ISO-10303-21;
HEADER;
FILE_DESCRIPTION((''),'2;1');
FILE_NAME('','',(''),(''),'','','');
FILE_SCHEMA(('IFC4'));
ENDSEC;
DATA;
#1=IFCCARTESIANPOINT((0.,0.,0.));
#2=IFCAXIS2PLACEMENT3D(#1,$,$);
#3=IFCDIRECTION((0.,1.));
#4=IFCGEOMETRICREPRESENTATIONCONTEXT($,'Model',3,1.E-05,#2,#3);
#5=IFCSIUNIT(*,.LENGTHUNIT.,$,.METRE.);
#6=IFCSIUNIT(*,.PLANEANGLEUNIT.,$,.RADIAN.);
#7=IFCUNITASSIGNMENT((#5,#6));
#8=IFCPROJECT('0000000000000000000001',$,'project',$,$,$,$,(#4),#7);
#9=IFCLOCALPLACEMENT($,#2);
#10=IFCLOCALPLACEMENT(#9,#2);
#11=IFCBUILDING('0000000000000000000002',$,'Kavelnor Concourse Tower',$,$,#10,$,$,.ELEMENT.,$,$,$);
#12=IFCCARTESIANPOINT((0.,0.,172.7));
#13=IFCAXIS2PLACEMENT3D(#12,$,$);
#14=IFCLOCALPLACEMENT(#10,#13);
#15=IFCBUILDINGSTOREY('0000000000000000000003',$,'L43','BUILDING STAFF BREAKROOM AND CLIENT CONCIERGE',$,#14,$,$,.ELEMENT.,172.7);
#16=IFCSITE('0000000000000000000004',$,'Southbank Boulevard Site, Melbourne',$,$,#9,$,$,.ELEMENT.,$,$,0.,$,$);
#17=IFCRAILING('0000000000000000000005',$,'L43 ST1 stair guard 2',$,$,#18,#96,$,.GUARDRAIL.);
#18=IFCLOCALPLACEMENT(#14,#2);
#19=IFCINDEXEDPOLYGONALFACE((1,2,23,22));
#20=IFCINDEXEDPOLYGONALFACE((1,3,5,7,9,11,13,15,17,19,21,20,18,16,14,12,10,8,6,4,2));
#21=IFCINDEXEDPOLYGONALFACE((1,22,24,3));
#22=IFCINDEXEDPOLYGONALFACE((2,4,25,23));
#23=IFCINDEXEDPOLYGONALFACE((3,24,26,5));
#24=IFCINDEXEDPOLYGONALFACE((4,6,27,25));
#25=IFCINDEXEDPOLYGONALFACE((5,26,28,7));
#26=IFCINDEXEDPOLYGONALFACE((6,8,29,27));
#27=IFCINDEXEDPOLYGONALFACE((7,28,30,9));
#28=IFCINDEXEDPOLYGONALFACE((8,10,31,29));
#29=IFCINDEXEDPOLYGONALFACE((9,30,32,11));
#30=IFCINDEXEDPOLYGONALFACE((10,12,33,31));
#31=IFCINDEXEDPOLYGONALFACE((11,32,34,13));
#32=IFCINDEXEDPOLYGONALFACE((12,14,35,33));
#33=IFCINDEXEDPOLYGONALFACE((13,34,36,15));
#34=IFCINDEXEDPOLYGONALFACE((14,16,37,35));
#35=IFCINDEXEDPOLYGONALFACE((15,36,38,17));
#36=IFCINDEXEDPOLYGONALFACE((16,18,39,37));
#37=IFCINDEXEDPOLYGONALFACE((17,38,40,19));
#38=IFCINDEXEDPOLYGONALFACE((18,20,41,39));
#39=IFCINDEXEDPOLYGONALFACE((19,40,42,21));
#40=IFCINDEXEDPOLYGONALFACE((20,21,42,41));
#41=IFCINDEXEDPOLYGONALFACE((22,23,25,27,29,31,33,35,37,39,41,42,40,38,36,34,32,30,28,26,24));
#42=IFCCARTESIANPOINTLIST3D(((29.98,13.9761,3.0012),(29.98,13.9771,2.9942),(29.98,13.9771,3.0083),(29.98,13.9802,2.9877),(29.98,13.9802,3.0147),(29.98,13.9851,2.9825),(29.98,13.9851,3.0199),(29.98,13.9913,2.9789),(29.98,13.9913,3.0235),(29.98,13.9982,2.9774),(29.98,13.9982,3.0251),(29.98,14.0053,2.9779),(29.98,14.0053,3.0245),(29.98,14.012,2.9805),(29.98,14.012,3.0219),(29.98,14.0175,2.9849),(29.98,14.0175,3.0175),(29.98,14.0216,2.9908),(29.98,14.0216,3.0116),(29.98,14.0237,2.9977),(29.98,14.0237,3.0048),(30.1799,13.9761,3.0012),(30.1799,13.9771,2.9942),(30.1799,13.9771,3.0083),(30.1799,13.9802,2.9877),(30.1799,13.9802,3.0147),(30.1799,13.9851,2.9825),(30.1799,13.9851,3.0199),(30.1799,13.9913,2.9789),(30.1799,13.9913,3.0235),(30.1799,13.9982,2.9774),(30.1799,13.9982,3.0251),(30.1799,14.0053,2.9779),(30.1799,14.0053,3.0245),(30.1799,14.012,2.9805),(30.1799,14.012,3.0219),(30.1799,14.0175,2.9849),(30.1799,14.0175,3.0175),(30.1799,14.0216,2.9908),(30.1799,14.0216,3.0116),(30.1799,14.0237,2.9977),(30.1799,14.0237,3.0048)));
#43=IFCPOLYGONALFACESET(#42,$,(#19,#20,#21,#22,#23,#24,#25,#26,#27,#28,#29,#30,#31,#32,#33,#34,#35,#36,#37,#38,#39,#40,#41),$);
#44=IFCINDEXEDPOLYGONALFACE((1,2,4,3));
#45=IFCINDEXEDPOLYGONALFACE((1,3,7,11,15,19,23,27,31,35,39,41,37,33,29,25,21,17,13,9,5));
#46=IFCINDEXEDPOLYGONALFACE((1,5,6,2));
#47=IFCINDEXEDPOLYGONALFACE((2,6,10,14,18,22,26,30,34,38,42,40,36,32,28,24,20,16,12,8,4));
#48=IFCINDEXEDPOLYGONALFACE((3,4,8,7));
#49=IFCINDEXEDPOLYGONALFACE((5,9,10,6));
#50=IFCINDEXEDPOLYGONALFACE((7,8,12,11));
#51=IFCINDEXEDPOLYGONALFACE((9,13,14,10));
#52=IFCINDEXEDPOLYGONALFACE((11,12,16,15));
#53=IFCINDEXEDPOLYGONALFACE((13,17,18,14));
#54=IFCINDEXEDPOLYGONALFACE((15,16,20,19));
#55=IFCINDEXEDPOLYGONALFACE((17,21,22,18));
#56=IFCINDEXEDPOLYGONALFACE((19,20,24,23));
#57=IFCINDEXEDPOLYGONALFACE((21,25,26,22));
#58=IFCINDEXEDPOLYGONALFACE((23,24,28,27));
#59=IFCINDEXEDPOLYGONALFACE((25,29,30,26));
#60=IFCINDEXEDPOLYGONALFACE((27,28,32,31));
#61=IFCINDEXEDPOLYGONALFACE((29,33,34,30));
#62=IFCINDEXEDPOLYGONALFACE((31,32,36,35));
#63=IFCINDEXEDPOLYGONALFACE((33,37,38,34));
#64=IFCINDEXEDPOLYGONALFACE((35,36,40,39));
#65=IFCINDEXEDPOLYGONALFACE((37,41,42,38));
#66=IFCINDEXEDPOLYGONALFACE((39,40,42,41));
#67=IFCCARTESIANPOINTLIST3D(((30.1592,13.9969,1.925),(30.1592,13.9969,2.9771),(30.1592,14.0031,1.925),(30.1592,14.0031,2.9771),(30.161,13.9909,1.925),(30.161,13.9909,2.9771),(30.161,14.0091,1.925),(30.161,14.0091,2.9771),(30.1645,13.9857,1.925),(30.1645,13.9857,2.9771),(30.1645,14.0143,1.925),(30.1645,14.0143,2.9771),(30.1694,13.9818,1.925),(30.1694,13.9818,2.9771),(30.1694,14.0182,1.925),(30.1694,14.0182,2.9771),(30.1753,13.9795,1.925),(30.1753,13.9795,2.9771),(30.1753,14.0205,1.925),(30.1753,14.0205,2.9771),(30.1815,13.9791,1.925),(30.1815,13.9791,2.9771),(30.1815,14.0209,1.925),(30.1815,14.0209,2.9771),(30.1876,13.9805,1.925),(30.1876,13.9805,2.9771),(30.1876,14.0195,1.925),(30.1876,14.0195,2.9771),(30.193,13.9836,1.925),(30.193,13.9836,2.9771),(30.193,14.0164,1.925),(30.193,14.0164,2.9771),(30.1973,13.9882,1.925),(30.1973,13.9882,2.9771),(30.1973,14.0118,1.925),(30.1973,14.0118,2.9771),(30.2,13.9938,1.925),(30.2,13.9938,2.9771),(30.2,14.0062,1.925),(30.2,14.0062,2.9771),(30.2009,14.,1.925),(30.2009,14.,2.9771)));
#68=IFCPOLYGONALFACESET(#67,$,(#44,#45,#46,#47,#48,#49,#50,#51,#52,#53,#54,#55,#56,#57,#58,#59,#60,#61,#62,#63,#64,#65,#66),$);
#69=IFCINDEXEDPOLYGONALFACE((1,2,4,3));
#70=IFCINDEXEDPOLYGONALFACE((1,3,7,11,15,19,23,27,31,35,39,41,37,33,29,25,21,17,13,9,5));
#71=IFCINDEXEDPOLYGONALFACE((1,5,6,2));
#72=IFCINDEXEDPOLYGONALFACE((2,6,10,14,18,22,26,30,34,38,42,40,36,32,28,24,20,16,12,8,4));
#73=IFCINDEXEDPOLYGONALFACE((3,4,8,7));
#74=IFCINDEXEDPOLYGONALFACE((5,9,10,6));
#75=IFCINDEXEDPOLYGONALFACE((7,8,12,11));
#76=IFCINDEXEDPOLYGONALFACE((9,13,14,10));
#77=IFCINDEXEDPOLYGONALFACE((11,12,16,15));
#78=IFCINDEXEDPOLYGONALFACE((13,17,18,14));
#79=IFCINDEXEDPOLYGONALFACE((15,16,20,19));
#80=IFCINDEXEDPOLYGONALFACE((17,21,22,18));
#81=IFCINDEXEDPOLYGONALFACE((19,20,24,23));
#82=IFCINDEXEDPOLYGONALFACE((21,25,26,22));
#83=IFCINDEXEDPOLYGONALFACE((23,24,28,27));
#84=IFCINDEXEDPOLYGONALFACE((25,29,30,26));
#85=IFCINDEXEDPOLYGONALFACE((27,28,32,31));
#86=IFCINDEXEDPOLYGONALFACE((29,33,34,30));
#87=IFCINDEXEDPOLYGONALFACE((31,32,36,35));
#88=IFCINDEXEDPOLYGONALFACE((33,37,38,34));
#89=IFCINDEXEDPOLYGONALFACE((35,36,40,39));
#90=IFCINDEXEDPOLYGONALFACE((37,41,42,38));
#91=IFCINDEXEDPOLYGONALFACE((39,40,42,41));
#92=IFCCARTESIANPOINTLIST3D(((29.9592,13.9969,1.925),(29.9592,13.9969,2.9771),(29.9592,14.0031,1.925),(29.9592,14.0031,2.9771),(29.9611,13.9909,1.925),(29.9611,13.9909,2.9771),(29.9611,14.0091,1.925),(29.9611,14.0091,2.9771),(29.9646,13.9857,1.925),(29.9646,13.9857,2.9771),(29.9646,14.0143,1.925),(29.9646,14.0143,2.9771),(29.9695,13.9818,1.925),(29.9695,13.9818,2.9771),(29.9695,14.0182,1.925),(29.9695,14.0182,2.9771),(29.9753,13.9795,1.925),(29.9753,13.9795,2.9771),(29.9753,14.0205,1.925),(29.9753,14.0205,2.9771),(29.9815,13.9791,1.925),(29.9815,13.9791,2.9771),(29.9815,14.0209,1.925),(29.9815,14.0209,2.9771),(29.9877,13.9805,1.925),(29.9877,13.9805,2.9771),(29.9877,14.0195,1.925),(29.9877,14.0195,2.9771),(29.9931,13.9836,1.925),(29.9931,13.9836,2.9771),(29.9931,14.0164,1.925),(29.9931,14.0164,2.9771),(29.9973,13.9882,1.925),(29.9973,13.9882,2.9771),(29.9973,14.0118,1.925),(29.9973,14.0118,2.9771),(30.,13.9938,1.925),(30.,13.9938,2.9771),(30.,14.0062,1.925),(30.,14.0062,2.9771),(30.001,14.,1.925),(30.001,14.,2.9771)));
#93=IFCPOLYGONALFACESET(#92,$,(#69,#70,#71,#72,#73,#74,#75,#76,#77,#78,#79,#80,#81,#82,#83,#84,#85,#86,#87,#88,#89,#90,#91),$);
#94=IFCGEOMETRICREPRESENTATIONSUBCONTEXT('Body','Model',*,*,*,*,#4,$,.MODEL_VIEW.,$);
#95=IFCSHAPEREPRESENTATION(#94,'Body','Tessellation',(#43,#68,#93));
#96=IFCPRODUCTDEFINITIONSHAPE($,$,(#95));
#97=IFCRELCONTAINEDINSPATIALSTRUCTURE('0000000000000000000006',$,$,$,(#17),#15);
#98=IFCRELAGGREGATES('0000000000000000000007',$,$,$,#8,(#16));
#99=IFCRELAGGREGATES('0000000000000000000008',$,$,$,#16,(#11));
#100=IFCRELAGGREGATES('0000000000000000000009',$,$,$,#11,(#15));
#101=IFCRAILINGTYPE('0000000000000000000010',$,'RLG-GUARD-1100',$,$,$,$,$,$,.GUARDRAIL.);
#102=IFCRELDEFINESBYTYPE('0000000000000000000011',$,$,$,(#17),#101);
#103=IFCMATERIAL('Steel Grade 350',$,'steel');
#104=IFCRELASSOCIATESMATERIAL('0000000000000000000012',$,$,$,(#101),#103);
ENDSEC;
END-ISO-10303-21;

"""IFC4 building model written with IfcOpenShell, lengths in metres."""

from ifc_helpers import new_model, si_unit, direction, frame, origin, origin_2d, place, context, subcontext, project, spatial, circle, extrude, material, type_object, element, save


model = new_model("IFC4")

# Units and contexts
model_context = context("Model", 3, precision=1e-05, world=origin(), true_north=direction((0.0, 1.0)))
body_context = subcontext(model_context, "Body", "Model", "MODEL_VIEW")
ifc_project = project(units=[si_unit("LENGTHUNIT", "METRE"), si_unit("PLANEANGLEUNIT", "RADIAN")], contexts=[model_context])

# Site, building, storey
site_placement = place(None, origin())
site = spatial("IfcSite", under=ifc_project, at=site_placement, Name="Southbank Boulevard Site, Melbourne", CompositionType="ELEMENT", RefElevation=0.0)
building_placement = place(site_placement, origin())
building = spatial("IfcBuilding", under=site, at=building_placement, Name="Kavelnor Concourse Tower", CompositionType="ELEMENT")
storey_placement = place(building_placement, frame((0.0, 0.0, 172.7)))
storey = spatial("IfcBuildingStorey", under=building, at=storey_placement, Name="L43", Description="BUILDING STAFF BREAKROOM AND CLIENT CONCIERGE", CompositionType="ELEMENT", Elevation=172.7)

# Shared definitions
ifc_material_1 = material(Name="Steel Grade 350", Category="steel")

# Railing
railing_type_1 = type_object("IfcRailingType", Name="RLG-GUARD-1100", PredefinedType="GUARDRAIL", material=ifc_material_1)
railing_1_placement = place(storey_placement, frame((30.1799, 14.0, 1.925)))
element("IfcRailing", 1, at=railing_1_placement, inside=storey, type_object=railing_type_1, Name="L43 ST1 stair guard 2", PredefinedType="GUARDRAIL", context=body_context, shape_type="SweptSolid", body=[
    extrude(circle(Radius=0.0239, at=origin_2d()), frame((0.0, 0.0, 1.0762), z_axis=(-1.0, 0.0, 0.0), x_axis=(0.0, -1.0, 0.0)), (0.0, 0.0, 1.0), 0.2),
    extrude(circle(Radius=0.021, at=origin_2d()), origin(), (0.0, 0.0, 1.0), 1.052),
    extrude(circle(Radius=0.021, at=origin_2d()), frame((-0.2, 0.0, 0.0)), (0.0, 0.0, 1.0), 1.052),
])

save(model, "model.ifc")
